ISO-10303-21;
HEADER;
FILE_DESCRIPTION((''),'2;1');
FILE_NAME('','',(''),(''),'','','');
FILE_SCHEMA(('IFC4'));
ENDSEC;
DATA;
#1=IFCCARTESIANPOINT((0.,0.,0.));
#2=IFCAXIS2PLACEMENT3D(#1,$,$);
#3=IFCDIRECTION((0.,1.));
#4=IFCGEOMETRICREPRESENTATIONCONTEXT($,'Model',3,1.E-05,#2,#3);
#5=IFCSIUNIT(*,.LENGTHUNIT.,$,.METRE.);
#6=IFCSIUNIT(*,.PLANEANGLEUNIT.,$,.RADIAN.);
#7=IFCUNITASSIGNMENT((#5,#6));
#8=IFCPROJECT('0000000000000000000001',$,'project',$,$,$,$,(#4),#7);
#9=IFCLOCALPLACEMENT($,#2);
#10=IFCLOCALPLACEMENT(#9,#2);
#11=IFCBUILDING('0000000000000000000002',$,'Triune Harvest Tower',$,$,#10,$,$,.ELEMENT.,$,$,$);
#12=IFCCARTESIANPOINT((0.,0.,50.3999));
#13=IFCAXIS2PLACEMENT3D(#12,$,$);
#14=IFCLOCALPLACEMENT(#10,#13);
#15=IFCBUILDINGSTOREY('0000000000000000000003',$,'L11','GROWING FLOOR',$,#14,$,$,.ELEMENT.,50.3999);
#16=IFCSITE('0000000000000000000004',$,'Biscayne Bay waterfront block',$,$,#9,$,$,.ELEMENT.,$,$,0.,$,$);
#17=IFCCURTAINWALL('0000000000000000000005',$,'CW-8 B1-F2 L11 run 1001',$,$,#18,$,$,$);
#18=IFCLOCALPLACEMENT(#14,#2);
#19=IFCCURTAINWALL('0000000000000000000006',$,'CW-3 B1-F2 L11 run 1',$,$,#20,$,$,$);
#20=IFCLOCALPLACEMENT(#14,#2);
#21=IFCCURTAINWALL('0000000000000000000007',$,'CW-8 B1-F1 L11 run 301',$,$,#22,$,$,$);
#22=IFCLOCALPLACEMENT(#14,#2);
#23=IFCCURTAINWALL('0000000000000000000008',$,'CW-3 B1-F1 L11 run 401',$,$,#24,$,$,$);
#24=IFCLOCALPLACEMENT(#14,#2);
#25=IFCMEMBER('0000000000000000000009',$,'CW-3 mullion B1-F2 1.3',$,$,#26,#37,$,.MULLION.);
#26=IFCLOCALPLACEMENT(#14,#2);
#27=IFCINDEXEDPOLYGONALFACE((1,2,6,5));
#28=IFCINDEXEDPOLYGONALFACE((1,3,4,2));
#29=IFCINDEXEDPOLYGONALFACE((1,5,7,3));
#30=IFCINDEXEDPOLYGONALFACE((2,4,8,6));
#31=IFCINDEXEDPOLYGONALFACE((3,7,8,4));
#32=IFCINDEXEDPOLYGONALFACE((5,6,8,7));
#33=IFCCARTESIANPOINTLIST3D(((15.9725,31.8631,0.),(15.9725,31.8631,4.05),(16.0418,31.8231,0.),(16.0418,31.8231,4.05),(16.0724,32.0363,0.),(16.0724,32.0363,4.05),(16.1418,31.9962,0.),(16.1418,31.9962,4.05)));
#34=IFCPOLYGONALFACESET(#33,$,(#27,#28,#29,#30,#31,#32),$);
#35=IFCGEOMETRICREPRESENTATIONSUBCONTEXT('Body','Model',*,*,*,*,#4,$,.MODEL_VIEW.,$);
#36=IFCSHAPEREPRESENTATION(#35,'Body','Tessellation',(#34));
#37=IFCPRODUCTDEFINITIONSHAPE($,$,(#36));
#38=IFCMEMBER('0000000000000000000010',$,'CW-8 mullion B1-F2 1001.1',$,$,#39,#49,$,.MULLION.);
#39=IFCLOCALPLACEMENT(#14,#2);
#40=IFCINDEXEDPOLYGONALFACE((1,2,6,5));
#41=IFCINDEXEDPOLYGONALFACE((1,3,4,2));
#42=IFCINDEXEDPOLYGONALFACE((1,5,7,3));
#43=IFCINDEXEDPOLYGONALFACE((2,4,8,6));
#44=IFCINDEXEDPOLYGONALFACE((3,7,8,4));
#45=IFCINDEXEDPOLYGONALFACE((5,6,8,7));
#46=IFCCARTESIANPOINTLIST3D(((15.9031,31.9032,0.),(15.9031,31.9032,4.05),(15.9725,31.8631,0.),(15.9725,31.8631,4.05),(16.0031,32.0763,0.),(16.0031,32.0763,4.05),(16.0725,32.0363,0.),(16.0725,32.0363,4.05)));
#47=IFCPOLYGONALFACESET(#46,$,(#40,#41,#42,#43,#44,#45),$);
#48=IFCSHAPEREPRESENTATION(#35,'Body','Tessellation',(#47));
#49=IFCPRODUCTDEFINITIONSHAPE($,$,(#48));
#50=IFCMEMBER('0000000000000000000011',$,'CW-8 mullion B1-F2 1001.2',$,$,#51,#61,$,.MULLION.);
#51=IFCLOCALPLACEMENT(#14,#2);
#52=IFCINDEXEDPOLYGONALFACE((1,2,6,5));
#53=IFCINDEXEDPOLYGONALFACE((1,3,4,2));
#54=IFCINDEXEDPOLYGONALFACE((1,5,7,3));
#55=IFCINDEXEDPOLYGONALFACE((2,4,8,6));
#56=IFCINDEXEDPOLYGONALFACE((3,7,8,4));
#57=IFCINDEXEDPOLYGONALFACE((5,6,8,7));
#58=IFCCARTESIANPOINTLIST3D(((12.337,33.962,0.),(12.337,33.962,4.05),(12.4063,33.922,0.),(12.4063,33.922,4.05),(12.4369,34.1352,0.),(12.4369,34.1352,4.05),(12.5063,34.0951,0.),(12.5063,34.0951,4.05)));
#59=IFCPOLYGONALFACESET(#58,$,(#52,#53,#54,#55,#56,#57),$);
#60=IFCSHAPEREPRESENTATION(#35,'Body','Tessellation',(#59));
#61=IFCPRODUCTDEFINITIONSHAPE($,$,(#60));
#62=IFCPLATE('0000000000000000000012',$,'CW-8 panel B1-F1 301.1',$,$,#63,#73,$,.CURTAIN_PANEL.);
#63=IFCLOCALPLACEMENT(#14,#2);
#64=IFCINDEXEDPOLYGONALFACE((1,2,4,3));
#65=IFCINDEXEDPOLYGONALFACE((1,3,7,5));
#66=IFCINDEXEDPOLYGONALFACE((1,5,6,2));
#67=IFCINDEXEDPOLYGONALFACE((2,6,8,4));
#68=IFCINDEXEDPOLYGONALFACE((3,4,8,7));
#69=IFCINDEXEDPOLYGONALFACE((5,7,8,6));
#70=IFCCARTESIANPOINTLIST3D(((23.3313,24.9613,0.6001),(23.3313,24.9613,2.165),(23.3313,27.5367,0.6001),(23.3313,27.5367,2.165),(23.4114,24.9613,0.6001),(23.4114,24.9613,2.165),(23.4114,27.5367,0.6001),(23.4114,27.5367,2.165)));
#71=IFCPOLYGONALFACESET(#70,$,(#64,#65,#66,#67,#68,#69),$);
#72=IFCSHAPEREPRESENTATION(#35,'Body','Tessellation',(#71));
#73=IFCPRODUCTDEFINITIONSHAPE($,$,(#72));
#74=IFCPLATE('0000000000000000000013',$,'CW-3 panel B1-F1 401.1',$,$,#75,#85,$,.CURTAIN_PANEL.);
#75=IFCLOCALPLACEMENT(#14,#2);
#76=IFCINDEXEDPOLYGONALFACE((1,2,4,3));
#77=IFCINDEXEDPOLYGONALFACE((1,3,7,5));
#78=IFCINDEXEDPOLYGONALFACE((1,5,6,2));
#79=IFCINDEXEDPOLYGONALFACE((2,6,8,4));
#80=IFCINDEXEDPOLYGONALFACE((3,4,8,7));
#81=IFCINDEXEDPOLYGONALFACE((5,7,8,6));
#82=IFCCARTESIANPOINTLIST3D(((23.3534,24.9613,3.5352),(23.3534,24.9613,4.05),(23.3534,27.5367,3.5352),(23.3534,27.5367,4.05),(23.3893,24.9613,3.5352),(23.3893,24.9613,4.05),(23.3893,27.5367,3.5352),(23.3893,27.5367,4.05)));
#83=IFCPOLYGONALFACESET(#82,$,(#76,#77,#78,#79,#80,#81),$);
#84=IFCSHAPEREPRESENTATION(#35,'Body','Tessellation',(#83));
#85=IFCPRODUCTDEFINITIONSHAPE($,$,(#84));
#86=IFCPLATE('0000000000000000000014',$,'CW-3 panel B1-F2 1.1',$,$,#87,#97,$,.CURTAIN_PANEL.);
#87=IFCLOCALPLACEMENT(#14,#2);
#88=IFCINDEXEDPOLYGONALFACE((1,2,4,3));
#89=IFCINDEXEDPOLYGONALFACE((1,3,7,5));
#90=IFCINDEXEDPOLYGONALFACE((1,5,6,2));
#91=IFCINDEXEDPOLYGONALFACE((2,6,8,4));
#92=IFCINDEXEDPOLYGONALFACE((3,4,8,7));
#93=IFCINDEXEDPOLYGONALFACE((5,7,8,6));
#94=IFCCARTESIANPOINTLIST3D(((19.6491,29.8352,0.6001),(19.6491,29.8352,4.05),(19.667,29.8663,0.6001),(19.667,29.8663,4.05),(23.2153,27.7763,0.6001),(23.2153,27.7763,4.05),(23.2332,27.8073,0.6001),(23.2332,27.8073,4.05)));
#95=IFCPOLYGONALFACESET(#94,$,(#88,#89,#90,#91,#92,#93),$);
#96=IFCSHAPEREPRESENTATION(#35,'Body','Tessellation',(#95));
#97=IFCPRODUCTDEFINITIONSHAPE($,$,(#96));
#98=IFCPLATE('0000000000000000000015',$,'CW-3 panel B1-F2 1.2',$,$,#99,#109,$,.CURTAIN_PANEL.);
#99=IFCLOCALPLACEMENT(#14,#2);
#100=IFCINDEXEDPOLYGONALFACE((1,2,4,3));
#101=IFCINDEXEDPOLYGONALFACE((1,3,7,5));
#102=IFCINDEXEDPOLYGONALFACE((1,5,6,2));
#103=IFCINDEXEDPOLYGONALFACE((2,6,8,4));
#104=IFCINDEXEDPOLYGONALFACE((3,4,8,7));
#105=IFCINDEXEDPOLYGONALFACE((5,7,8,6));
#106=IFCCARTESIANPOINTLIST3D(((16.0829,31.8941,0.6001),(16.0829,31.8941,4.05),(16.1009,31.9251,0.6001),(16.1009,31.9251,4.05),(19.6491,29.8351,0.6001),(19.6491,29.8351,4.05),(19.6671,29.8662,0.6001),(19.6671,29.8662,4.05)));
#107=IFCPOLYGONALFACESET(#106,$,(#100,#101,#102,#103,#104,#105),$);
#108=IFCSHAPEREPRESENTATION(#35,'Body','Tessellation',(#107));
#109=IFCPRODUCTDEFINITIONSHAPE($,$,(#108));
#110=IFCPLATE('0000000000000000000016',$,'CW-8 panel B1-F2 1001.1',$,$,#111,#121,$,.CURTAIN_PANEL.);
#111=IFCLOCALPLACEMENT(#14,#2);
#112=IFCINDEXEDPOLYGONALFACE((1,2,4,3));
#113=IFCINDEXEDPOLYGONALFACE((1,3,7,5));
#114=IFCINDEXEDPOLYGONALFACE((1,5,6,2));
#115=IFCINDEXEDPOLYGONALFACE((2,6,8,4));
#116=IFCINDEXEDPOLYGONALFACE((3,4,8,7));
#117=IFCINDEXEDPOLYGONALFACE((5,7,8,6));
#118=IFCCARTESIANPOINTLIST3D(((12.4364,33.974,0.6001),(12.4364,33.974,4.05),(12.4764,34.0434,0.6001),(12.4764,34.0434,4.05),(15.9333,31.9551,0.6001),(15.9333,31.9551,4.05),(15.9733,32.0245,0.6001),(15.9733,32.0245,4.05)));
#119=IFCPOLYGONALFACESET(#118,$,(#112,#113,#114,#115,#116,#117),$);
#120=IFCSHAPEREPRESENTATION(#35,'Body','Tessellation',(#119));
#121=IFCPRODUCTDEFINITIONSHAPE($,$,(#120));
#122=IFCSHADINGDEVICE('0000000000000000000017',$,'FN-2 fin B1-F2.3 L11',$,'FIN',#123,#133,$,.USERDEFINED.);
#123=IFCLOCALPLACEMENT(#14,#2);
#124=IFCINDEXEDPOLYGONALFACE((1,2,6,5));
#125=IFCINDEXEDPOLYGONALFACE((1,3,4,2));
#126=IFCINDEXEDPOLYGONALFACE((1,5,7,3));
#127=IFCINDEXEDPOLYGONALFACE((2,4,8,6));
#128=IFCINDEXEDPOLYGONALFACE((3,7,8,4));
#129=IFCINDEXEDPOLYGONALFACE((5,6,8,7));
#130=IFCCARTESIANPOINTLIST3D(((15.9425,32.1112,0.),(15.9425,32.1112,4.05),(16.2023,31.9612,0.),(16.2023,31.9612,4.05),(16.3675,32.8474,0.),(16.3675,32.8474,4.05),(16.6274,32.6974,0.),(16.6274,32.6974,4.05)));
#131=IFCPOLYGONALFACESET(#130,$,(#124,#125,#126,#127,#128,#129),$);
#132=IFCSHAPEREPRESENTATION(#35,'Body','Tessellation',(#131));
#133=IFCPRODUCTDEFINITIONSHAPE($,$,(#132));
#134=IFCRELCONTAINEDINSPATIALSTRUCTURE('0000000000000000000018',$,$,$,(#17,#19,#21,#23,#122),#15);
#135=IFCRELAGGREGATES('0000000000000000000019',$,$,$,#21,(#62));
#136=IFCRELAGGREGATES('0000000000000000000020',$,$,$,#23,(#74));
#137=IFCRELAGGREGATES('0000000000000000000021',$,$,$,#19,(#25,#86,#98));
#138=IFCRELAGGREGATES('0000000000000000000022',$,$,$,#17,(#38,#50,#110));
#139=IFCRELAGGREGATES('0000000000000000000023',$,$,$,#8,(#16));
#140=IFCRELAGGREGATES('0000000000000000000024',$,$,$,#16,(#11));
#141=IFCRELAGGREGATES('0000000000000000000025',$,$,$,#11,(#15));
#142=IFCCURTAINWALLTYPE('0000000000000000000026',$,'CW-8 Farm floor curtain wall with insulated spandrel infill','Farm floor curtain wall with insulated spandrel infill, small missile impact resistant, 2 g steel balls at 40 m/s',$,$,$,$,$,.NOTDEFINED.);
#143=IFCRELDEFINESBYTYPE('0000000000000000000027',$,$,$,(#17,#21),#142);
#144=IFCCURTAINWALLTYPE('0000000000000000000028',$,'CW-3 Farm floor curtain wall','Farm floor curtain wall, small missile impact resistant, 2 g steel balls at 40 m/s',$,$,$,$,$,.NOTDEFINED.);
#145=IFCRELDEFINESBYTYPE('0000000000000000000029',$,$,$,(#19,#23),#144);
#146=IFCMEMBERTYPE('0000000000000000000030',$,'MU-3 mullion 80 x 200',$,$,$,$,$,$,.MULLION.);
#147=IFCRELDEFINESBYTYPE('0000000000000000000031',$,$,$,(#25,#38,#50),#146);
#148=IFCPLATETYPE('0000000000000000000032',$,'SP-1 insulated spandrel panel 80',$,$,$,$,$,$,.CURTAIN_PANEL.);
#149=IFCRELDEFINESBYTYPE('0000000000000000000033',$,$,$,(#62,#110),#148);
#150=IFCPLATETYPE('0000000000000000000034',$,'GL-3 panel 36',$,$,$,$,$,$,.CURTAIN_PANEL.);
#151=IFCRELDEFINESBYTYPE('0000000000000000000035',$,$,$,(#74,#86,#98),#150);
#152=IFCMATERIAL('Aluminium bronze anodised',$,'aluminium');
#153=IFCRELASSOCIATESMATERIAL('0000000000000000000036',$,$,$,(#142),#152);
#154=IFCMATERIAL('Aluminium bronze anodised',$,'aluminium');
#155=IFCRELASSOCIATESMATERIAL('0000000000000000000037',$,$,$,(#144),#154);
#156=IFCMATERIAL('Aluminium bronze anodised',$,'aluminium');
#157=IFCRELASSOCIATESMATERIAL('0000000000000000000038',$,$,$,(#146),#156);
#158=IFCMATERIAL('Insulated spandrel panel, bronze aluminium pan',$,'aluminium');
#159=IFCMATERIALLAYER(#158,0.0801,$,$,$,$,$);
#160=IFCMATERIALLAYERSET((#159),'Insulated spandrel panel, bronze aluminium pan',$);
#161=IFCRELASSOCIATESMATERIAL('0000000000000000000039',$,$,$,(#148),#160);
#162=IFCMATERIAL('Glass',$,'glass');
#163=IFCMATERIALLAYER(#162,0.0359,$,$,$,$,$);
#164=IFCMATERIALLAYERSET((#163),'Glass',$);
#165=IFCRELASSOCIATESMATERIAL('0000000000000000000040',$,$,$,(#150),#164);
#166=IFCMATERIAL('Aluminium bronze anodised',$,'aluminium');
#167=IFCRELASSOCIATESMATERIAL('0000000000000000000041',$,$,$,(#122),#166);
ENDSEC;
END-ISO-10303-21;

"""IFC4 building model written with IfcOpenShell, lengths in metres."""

from ifc_helpers import new_model, si_unit, direction, frame, origin, origin_2d, place, context, subcontext, project, spatial, rectangle, extrude, source, transform, mapped, material, layer, layer_set, material_profile, profile_set, type_object, element, aggregate, save


model = new_model("IFC4")

# Units and contexts
model_context = context("Model", 3, precision=1e-05, world=origin(), true_north=direction((0.0, 1.0)))
body_context = subcontext(model_context, "Body", "Model", "MODEL_VIEW")
ifc_project = project(units=[si_unit("LENGTHUNIT", "METRE"), si_unit("PLANEANGLEUNIT", "RADIAN")], contexts=[model_context])

# Site, building, storey
site_placement = place(None, origin())
site = spatial("IfcSite", under=ifc_project, at=site_placement, Name="Biscayne Bay waterfront block", CompositionType="ELEMENT", RefElevation=0.0)
building_placement = place(site_placement, origin())
building = spatial("IfcBuilding", under=site, at=building_placement, Name="Triune Harvest Tower", CompositionType="ELEMENT")
storey_placement = place(building_placement, frame((0.0, 0.0, 50.3999)))
storey = spatial("IfcBuildingStorey", under=building, at=storey_placement, Name="L11", Description="GROWING FLOOR", CompositionType="ELEMENT", Elevation=50.3999)

# Curtain walls
ifc_material_1 = material(Name="Aluminium bronze anodised", Category="aluminium")
curtain_wall_type_1 = type_object("IfcCurtainWallType", Name="CW-8 Farm floor curtain wall with insulated spandrel infill", Description="Farm floor curtain wall with insulated spandrel infill, small missile impact resistant, 2 g steel balls at 40 m/s", PredefinedType="NOTDEFINED", material=ifc_material_1)
curtain_wall_1_placement = place(storey_placement, origin())
curtain_wall_1 = element("IfcCurtainWall", 1, at=curtain_wall_1_placement, inside=storey, type_object=curtain_wall_type_1, Name="CW-8 B1-F2 L11 run 1001")
ifc_material_2 = material(Name="Aluminium bronze anodised", Category="aluminium")
curtain_wall_type_2 = type_object("IfcCurtainWallType", Name="CW-3 Farm floor curtain wall", Description="Farm floor curtain wall, small missile impact resistant, 2 g steel balls at 40 m/s", PredefinedType="NOTDEFINED", material=ifc_material_2)
curtain_wall_2_placement = place(storey_placement, origin())
curtain_wall_2 = element("IfcCurtainWall", 2, at=curtain_wall_2_placement, inside=storey, type_object=curtain_wall_type_2, Name="CW-3 B1-F2 L11 run 1")

# Curtain walls
curtain_wall_3_placement = place(storey_placement, origin())
curtain_wall_3 = element("IfcCurtainWall", 3, at=curtain_wall_3_placement, inside=storey, type_object=curtain_wall_type_1, Name="CW-8 B1-F1 L11 run 301")
ifc_material_3 = material(Name="Aluminium bronze anodised", Category="aluminium")
ifc_material_profile_1 = material_profile(ifc_material_3, rectangle(XDim=0.2, YDim=0.0801, at=origin_2d()), Name="MU-3 mullion 80 x 200")
ifc_profile_set_1 = profile_set([ifc_material_profile_1], Name="Aluminium bronze anodised")
member_type_1 = type_object("IfcMemberType", Name="MU-3 mullion 80 x 200", PredefinedType="MULLION", material=ifc_profile_set_1)
curtain_wall_4_placement = place(storey_placement, origin())
curtain_wall_4 = element("IfcCurtainWall", 4, at=curtain_wall_4_placement, inside=storey, type_object=curtain_wall_type_2, Name="CW-3 B1-F1 L11 run 401")

# Shared definitions
shared_shape_1 = source(origin(), body_context, "Body", "SweptSolid", [
    extrude(rectangle(XDim=0.2, YDim=0.0801, at=origin_2d()), origin(), (0.0, 0.0, 1.0), 4.05),
])

# Members
member_1_placement = place(storey_placement, frame((16.0571, 31.9297, 0.0), z_axis=(0.0, 0.0, 1.0), x_axis=(-0.500001, -0.866025, 0.0)))
member_1 = element("IfcMember", 5, at=member_1_placement, type_object=member_type_1, Name="CW-3 mullion B1-F2 1.3", PredefinedType="MULLION", context=body_context, shape_type="MappedRepresentation", body=[
    mapped(shared_shape_1, transform((0.0, 0.0, 0.0), scale=1.0)),
])
member_2_placement = place(storey_placement, frame((15.9878, 31.9697, 0.0), z_axis=(0.0, 0.0, 1.0), x_axis=(-0.499994, -0.866029, 0.0)))
member_2 = element("IfcMember", 6, at=member_2_placement, type_object=member_type_1, Name="CW-8 mullion B1-F2 1001.1", PredefinedType="MULLION", context=body_context, shape_type="MappedRepresentation", body=[
    mapped(shared_shape_1, transform((0.0, 0.0, 0.0), scale=1.0)),
])
member_3_placement = place(storey_placement, frame((12.4216, 34.0286, 0.0), z_axis=(0.0, 0.0, 1.0), x_axis=(-0.499994, -0.866029, 0.0)))
member_3 = element("IfcMember", 7, at=member_3_placement, type_object=member_type_1, Name="CW-8 mullion B1-F2 1001.2", PredefinedType="MULLION", context=body_context, shape_type="MappedRepresentation", body=[
    mapped(shared_shape_1, transform((0.0, 0.0, 0.0), scale=1.0)),
])

# Plates
ifc_material_4 = material(Name="Insulated spandrel panel, bronze aluminium pan", Category="aluminium")
ifc_layer_1 = layer(ifc_material_4, 0.0801)
ifc_layer_set_1 = layer_set([ifc_layer_1], Name="Insulated spandrel panel, bronze aluminium pan")
plate_type_1 = type_object("IfcPlateType", Name="SP-1 insulated spandrel panel 80", PredefinedType="CURTAIN_PANEL", material=ifc_layer_set_1)
shared_shape_2 = source(origin(), body_context, "Body", "SweptSolid", [
    extrude(rectangle(XDim=2.5754, YDim=0.0801, at=origin_2d()), origin(), (0.0, 0.0, 1.0), 1.5649),
])
plate_1_placement = place(storey_placement, frame((23.3713, 26.249, 0.6001), z_axis=(0.0, 0.0, 1.0), x_axis=(0.0, 1.0, 0.0)))
plate_1 = element("IfcPlate", 8, at=plate_1_placement, type_object=plate_type_1, Name="CW-8 panel B1-F1 301.1", PredefinedType="CURTAIN_PANEL", context=body_context, shape_type="MappedRepresentation", body=[
    mapped(shared_shape_2, transform((0.0, 0.0, 0.0), scale=1.0)),
])
aggregate(curtain_wall_3, [plate_1])
ifc_material_5 = material(Name="Glass", Category="glass")
ifc_layer_2 = layer(ifc_material_5, 0.0359)
ifc_layer_set_2 = layer_set([ifc_layer_2], Name="Glass")
plate_type_2 = type_object("IfcPlateType", Name="GL-3 panel 36", PredefinedType="CURTAIN_PANEL", material=ifc_layer_set_2)
shared_shape_3 = source(origin(), body_context, "Body", "SweptSolid", [
    extrude(rectangle(XDim=2.5754, YDim=0.0359, at=origin_2d()), origin(), (0.0, 0.0, 1.0), 0.5149),
])
plate_2_placement = place(storey_placement, frame((23.3713, 26.249, 3.5352), z_axis=(0.0, 0.0, 1.0), x_axis=(0.0, 1.0, 0.0)))
plate_2 = element("IfcPlate", 9, at=plate_2_placement, type_object=plate_type_2, Name="CW-3 panel B1-F1 401.1", PredefinedType="CURTAIN_PANEL", context=body_context, shape_type="MappedRepresentation", body=[
    mapped(shared_shape_3, transform((0.0, 0.0, 0.0), scale=1.0)),
])
aggregate(curtain_wall_4, [plate_2])
shared_shape_4 = source(origin(), body_context, "Body", "SweptSolid", [
    extrude(rectangle(XDim=4.1179, YDim=0.0359, at=origin_2d()), origin(), (0.0, 0.0, 1.0), 3.45),
])
plate_3_placement = place(storey_placement, frame((21.4412, 28.8213, 0.6001), z_axis=(0.0, 0.0, 1.0), x_axis=(-0.866025, 0.500001, 0.0)))
plate_3 = element("IfcPlate", 10, at=plate_3_placement, type_object=plate_type_2, Name="CW-3 panel B1-F2 1.1", PredefinedType="CURTAIN_PANEL", context=body_context, shape_type="MappedRepresentation", body=[
    mapped(shared_shape_4, transform((0.0, 0.0, 0.0), scale=1.0)),
])
plate_4_placement = place(storey_placement, frame((17.875, 30.8801, 0.6001), z_axis=(0.0, 0.0, 1.0), x_axis=(-0.866025, 0.500001, 0.0)))
plate_4 = element("IfcPlate", 11, at=plate_4_placement, type_object=plate_type_2, Name="CW-3 panel B1-F2 1.2", PredefinedType="CURTAIN_PANEL", context=body_context, shape_type="MappedRepresentation", body=[
    mapped(shared_shape_4, transform((0.0, 0.0, 0.0), scale=1.0)),
])
aggregate(curtain_wall_2, [member_1, plate_3, plate_4])
shared_shape_5 = source(origin(), body_context, "Body", "SweptSolid", [
    extrude(rectangle(XDim=4.0378, YDim=0.0801, at=origin_2d()), origin(), (0.0, 0.0, 1.0), 3.45),
])
plate_5_placement = place(storey_placement, frame((14.2048, 32.9993, 0.6001), z_axis=(0.0, 0.0, 1.0), x_axis=(-0.866029, 0.499994, 0.0)))
plate_5 = element("IfcPlate", 12, at=plate_5_placement, type_object=plate_type_1, Name="CW-8 panel B1-F2 1001.1", PredefinedType="CURTAIN_PANEL", context=body_context, shape_type="MappedRepresentation", body=[
    mapped(shared_shape_5, transform((0.0, 0.0, 0.0), scale=1.0)),
])
aggregate(curtain_wall_1, [member_2, member_3, plate_5])

# Shading device
ifc_material_6 = material(Name="Aluminium bronze anodised", Category="aluminium")
shared_shape_6 = source(origin(), body_context, "Body", "SweptSolid", [
    extrude(rectangle(XDim=0.3, YDim=0.8501, at=origin_2d()), origin(), (0.0, 0.0, 1.0), 4.05),
])
shading_device_placement = place(storey_placement, frame((16.2849, 32.4043, 0.0), z_axis=(0.0, 0.0, 1.0), x_axis=(-0.866026, 0.499999, 0.0)))
element("IfcShadingDevice", 13, at=shading_device_placement, inside=storey, material=ifc_material_6, Name="FN-2 fin B1-F2.3 L11", ObjectType="FIN", PredefinedType="USERDEFINED", context=body_context, shape_type="MappedRepresentation", body=[
    mapped(shared_shape_6, transform((0.0, 0.0, 0.0), scale=1.0)),
])

save(model, "model.ifc")
